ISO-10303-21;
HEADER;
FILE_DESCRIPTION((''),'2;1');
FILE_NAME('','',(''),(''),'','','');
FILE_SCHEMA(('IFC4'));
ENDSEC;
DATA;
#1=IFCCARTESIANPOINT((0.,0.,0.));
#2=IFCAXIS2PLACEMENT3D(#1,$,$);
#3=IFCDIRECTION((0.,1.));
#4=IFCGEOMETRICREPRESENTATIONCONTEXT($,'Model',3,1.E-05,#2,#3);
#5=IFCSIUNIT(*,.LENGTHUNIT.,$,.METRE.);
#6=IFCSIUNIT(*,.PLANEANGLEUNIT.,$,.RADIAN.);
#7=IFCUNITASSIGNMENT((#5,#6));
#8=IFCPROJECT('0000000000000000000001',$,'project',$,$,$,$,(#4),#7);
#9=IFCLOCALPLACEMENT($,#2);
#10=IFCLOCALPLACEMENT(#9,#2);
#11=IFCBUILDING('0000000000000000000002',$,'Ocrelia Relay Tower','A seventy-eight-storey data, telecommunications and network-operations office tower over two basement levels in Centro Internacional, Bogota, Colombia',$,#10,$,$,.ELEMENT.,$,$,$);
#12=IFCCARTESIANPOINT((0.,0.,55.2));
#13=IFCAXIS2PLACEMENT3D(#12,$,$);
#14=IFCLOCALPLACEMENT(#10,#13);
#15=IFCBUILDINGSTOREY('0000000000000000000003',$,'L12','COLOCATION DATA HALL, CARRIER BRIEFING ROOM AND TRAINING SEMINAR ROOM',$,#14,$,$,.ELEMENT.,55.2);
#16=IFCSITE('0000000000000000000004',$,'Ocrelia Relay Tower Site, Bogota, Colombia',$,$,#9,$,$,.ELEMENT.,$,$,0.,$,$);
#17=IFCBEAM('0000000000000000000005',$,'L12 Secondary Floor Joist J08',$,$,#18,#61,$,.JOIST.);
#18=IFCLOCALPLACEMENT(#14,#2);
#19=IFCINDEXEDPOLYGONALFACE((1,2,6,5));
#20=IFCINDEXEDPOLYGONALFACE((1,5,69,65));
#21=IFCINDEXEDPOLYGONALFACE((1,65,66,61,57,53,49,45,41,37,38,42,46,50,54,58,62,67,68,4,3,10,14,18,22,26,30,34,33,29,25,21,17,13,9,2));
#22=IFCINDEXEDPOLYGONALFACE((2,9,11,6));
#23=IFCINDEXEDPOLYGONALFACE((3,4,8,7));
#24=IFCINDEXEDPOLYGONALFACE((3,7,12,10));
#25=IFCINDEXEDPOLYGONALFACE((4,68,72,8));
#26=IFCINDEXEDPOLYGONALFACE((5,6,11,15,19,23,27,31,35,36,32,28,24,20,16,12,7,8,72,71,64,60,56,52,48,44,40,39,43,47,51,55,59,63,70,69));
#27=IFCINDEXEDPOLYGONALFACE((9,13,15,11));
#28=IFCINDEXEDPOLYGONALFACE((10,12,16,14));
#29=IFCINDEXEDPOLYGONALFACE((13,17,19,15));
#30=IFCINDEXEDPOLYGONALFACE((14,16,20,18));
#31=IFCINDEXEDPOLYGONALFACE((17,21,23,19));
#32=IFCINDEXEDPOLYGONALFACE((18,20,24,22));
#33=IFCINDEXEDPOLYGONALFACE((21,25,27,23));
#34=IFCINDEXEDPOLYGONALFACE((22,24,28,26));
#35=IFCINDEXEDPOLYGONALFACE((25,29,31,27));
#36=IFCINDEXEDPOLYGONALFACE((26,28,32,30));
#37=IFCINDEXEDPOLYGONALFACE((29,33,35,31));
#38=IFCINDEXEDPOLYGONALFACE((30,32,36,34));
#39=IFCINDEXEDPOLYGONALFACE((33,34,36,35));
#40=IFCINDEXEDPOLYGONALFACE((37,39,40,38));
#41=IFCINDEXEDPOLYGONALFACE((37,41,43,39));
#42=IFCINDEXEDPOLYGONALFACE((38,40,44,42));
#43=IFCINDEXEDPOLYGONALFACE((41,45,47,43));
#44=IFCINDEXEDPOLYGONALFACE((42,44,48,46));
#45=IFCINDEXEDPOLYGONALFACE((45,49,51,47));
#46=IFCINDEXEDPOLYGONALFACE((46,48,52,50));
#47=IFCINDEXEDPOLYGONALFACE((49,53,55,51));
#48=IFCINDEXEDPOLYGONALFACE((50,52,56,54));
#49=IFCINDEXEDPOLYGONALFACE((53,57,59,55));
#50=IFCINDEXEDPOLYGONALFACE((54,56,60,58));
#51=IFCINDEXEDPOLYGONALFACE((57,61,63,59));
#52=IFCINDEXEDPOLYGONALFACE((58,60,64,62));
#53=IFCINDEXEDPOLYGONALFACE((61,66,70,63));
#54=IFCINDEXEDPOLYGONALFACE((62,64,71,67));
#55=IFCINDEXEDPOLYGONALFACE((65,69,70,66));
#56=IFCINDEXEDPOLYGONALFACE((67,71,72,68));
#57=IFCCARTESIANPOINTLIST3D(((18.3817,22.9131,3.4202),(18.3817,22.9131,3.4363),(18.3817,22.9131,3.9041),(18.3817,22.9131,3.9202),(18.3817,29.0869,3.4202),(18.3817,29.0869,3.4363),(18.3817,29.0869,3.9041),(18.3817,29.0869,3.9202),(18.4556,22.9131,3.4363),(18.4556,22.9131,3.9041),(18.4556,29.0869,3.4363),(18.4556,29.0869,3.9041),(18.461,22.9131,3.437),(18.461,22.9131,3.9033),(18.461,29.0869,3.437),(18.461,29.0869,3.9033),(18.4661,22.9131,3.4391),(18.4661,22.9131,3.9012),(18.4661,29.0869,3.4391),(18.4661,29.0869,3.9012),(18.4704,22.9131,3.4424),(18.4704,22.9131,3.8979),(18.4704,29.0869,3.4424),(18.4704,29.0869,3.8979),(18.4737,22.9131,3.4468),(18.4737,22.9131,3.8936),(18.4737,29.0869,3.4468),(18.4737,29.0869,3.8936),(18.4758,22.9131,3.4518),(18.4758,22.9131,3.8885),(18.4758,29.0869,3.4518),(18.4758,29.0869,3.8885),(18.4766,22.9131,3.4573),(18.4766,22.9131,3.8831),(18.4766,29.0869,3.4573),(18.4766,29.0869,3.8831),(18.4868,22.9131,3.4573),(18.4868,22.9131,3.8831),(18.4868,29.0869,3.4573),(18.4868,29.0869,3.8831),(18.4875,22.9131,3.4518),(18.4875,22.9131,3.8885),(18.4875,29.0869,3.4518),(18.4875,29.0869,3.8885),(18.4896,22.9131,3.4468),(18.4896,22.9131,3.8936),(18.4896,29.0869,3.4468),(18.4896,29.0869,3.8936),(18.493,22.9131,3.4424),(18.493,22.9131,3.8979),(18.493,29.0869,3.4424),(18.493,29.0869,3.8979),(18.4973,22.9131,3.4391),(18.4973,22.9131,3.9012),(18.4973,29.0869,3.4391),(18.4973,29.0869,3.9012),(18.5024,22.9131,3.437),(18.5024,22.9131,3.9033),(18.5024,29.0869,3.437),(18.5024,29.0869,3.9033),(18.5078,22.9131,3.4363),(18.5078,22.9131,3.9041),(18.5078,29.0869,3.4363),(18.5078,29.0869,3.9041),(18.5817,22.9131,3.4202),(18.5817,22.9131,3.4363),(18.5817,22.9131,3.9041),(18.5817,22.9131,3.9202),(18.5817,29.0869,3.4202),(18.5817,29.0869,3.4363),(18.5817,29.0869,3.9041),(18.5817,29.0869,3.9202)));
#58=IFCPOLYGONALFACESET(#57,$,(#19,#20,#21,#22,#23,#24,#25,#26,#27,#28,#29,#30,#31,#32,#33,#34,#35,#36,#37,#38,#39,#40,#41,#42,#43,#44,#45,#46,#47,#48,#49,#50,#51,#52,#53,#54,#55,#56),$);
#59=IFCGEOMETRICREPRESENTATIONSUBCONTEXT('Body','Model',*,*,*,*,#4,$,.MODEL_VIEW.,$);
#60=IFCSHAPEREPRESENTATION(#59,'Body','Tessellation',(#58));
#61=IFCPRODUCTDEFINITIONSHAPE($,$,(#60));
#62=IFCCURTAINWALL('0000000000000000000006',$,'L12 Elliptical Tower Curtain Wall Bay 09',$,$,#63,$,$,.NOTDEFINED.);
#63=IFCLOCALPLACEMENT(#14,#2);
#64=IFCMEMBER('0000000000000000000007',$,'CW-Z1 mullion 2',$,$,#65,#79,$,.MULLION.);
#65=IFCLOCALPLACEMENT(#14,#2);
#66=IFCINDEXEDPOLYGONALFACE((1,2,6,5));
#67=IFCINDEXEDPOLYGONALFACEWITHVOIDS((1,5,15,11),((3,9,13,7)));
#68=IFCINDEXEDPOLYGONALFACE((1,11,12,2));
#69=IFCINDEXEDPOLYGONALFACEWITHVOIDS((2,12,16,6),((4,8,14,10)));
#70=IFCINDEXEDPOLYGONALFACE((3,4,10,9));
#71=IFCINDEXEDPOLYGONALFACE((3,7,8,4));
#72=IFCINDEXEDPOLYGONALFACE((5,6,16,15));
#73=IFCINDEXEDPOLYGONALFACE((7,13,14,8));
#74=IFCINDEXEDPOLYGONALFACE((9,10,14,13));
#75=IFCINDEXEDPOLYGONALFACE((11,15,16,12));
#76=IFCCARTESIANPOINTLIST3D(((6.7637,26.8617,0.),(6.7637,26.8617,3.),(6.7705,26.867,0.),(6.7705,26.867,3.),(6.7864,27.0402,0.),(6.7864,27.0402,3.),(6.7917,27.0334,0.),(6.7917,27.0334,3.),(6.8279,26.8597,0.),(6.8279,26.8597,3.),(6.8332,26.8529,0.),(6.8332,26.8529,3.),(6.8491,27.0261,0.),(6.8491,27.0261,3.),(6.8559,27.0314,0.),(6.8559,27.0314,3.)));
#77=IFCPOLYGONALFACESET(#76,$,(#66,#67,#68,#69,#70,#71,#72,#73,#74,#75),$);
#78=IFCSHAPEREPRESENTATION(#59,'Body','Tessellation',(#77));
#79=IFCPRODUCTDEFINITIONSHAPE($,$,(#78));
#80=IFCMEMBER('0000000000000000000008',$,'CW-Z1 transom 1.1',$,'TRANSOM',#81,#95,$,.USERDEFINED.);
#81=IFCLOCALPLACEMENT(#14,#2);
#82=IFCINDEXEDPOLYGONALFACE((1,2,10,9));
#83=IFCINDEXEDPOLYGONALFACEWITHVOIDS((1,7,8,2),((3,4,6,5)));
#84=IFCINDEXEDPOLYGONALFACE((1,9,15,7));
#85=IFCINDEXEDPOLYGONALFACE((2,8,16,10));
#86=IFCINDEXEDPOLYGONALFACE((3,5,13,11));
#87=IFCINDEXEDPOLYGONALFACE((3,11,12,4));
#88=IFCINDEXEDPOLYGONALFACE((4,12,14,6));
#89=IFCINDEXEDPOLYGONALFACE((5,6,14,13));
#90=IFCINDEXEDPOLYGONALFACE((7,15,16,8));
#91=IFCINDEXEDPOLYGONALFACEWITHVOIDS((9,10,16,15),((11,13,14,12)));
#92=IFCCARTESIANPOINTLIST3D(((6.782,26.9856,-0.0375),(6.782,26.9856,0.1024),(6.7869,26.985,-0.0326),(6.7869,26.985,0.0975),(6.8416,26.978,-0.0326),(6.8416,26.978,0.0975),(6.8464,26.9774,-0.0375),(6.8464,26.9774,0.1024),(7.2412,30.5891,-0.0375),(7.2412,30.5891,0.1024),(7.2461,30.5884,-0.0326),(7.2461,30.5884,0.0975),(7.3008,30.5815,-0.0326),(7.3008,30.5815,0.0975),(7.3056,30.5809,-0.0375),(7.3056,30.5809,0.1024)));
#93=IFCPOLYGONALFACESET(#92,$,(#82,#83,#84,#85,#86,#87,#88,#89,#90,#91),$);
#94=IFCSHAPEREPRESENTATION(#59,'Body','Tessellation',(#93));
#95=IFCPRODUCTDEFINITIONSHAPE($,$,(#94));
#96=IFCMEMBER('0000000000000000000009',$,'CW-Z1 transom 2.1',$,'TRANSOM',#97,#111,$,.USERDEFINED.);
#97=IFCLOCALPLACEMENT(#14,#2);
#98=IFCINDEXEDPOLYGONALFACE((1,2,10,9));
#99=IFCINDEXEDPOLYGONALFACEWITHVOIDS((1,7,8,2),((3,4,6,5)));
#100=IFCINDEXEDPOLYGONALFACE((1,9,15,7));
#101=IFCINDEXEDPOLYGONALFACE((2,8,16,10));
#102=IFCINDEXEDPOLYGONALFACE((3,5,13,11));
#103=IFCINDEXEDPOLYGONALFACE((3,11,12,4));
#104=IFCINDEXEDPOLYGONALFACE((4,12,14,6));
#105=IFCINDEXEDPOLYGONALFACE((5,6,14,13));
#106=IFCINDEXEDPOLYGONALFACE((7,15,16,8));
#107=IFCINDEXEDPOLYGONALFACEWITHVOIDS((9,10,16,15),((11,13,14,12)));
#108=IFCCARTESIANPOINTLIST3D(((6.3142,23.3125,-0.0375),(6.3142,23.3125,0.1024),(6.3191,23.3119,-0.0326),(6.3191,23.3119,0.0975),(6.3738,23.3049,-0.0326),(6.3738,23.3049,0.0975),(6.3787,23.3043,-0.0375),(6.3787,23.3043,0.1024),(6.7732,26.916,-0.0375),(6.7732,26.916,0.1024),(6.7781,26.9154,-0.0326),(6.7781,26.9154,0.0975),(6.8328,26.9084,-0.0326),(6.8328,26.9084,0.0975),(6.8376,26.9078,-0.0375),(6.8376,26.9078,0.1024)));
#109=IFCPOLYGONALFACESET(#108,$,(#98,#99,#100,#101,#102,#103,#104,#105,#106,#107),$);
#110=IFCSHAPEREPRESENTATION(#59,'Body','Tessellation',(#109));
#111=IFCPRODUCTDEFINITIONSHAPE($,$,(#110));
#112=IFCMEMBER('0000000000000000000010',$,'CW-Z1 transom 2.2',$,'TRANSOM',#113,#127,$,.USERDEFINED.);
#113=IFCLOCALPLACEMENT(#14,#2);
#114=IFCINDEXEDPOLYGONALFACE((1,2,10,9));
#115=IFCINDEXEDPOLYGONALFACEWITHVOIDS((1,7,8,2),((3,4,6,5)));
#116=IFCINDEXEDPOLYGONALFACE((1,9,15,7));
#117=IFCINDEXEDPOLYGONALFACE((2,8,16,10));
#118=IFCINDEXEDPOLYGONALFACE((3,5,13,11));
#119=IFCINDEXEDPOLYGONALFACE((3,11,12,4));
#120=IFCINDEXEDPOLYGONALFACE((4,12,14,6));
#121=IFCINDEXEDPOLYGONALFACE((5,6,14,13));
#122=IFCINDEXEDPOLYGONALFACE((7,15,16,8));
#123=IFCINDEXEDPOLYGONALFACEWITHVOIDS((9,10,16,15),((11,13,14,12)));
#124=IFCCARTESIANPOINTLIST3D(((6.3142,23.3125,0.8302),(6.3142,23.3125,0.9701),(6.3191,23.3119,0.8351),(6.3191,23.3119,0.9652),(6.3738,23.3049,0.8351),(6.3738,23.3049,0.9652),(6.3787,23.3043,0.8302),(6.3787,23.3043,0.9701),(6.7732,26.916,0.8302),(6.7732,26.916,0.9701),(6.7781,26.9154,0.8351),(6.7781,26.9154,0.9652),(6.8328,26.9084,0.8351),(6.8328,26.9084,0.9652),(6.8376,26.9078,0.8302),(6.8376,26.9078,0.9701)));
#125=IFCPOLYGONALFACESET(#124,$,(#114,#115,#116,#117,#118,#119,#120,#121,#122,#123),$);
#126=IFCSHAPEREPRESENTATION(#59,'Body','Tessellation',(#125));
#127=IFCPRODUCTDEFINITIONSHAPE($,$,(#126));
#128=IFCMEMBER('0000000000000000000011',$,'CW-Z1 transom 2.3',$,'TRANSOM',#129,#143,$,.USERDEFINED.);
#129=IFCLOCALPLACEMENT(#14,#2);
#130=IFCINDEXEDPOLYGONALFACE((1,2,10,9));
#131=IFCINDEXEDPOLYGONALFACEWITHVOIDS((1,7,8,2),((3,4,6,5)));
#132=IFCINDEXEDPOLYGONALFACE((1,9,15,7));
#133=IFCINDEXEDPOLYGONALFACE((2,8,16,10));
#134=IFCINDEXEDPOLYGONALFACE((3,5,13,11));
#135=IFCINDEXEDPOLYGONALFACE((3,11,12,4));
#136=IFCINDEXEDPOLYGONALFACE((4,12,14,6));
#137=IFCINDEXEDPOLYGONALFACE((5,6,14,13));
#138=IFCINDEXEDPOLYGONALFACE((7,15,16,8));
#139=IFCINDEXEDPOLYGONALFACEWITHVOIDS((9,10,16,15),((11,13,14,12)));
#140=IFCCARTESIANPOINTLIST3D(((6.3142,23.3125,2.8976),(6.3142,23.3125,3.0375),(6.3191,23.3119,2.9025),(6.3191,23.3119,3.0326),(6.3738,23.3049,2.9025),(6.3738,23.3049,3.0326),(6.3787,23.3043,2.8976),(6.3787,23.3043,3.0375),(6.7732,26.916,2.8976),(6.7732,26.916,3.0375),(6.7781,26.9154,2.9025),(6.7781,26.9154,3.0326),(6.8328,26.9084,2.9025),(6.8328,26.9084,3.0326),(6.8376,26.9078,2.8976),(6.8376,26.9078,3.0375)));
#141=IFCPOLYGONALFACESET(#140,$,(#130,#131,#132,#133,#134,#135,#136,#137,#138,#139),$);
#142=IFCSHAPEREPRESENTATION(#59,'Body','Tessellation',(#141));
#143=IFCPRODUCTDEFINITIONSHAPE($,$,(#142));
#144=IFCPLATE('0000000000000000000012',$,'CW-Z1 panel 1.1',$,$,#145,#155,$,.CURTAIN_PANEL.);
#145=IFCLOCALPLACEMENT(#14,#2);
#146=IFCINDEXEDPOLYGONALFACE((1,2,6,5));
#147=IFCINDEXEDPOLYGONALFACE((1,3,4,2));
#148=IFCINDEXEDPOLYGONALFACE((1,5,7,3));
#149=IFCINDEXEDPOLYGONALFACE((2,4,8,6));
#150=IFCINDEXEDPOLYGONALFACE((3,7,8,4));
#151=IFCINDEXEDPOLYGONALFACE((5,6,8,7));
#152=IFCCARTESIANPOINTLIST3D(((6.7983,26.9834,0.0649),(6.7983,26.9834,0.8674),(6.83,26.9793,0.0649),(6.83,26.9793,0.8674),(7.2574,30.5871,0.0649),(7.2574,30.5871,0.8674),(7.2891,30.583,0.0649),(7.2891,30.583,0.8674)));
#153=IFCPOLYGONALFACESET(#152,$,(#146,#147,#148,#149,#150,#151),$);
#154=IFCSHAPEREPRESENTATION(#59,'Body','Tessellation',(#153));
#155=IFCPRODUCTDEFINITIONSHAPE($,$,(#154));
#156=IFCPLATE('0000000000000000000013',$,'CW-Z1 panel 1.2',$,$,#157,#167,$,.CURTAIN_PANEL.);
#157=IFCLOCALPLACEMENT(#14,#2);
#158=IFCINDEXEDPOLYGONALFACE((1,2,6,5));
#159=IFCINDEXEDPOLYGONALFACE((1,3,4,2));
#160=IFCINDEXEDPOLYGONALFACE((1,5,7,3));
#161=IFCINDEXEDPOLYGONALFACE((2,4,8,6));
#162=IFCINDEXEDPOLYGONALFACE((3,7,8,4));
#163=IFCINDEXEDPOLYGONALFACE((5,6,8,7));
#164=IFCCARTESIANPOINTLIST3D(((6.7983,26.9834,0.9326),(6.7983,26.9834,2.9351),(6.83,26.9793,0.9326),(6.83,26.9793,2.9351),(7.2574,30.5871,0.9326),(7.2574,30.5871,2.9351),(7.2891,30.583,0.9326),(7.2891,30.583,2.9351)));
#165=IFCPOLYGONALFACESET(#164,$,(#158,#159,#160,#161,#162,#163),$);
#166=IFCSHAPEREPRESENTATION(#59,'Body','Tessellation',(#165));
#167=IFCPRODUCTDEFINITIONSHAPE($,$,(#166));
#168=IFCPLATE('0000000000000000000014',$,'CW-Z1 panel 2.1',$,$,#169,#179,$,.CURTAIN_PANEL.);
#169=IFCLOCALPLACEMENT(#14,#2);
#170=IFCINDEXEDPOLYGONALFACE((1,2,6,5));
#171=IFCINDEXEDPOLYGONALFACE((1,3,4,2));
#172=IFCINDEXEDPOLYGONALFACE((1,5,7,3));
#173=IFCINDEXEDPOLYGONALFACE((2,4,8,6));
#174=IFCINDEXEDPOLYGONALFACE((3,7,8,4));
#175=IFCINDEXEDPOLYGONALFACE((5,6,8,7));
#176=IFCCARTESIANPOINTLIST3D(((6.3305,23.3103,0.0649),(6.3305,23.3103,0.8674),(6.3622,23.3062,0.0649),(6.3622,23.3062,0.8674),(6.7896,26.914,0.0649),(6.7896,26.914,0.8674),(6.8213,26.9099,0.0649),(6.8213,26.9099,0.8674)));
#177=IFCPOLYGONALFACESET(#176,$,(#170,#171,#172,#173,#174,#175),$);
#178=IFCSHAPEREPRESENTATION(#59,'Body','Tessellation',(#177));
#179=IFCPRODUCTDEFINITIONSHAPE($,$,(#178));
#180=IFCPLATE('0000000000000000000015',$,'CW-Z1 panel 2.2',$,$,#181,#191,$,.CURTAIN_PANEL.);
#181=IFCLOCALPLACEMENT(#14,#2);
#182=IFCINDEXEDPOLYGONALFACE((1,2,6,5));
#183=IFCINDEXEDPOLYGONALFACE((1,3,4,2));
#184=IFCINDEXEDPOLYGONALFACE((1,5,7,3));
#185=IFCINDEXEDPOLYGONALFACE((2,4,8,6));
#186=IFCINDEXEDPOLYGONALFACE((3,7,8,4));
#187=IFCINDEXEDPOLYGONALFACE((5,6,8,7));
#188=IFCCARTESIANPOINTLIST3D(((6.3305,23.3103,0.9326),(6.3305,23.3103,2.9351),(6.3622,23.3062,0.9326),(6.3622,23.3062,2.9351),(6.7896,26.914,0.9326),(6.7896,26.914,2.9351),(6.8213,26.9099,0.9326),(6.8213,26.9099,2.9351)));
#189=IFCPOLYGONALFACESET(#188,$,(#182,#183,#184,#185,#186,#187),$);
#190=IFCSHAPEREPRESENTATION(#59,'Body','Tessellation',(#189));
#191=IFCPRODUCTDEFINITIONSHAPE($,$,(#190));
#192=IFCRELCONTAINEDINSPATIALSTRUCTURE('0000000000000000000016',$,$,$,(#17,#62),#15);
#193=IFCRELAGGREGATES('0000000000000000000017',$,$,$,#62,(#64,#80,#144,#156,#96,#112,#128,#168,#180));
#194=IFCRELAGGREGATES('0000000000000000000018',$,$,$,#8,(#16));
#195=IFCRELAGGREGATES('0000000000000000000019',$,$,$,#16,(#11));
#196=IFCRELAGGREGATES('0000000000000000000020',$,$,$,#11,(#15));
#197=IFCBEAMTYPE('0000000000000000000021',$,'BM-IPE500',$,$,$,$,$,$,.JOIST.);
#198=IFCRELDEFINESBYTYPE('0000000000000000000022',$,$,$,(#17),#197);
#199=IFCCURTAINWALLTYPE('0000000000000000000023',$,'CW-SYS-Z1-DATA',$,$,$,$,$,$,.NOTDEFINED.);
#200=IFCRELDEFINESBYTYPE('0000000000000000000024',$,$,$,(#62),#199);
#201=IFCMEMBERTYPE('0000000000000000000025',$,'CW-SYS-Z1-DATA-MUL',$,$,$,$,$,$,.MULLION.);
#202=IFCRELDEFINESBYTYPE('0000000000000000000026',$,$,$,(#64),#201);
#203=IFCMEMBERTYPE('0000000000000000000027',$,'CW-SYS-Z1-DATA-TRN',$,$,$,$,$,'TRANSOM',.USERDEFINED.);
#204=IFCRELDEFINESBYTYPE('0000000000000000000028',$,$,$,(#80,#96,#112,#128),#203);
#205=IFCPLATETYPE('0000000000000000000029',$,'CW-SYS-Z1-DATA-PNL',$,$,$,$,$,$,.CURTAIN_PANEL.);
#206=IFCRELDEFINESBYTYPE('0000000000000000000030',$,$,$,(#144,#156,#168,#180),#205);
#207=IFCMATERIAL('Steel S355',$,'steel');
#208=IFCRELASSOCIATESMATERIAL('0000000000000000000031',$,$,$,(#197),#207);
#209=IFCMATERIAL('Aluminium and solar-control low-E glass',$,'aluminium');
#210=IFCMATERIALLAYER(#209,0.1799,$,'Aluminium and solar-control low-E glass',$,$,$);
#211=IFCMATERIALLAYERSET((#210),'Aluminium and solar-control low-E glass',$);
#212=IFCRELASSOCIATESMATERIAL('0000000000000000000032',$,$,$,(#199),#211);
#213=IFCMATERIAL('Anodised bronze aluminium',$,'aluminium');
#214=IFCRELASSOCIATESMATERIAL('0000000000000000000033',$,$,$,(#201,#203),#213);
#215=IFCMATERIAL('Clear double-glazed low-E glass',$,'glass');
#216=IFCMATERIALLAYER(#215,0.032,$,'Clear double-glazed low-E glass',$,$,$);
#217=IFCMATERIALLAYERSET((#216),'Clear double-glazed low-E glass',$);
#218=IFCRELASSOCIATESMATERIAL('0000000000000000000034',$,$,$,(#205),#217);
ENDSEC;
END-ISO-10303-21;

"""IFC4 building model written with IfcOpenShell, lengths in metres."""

from ifc_helpers import new_model, si_unit, direction, frame, origin, origin_2d, place, context, subcontext, project, spatial, rectangle, hollow_rectangle, i_section, extrude, material, layer, layer_set, material_profile, profile_set, type_object, element, aggregate, save


model = new_model("IFC4")

# Units and contexts
model_context = context("Model", 3, precision=1e-05, world=origin(), true_north=direction((0.0, 1.0)))
body_context = subcontext(model_context, "Body", "Model", "MODEL_VIEW")
ifc_project = project(units=[si_unit("LENGTHUNIT", "METRE"), si_unit("PLANEANGLEUNIT", "RADIAN")], contexts=[model_context])

# Site, building, storey
site_placement = place(None, origin())
site = spatial("IfcSite", under=ifc_project, at=site_placement, Name="Ocrelia Relay Tower Site, Bogota, Colombia", CompositionType="ELEMENT", RefElevation=0.0)
building_placement = place(site_placement, origin())
building = spatial("IfcBuilding", under=site, at=building_placement, Name="Ocrelia Relay Tower", Description="A seventy-eight-storey data, telecommunications and network-operations office tower over two basement levels in Centro Internacional, Bogota, Colombia", CompositionType="ELEMENT")
storey_placement = place(building_placement, frame((0.0, 0.0, 55.2)))
storey = spatial("IfcBuildingStorey", under=building, at=storey_placement, Name="L12", Description="COLOCATION DATA HALL, CARRIER BRIEFING ROOM AND TRAINING SEMINAR ROOM", CompositionType="ELEMENT", Elevation=55.2)

# Beam
ifc_material_1 = material(Name="Steel S355", Category="steel")
ifc_material_profile_1 = material_profile(ifc_material_1, i_section(OverallWidth=0.2, OverallDepth=0.5, WebThickness=0.0103, FlangeThickness=0.0161, FilletRadius=0.021, at=origin_2d()), Name="IPE 500")
ifc_profile_set_1 = profile_set([ifc_material_profile_1], Name="Steel S355")
beam_type_1 = type_object("IfcBeamType", Name="BM-IPE500", PredefinedType="JOIST", material=ifc_profile_set_1)
beam_1_placement = place(storey_placement, frame((18.4817, 29.0869, 3.6702), z_axis=(0.0, -1.0, 0.0), x_axis=(1.0, 0.0, 0.0)))
element("IfcBeam", 1, at=beam_1_placement, inside=storey, type_object=beam_type_1, Name="L12 Secondary Floor Joist J08", PredefinedType="JOIST", context=body_context, shape_type="SweptSolid", body=[
    extrude(i_section(OverallWidth=0.2, OverallDepth=0.5, WebThickness=0.0103, FlangeThickness=0.0161, FilletRadius=0.021, at=origin_2d()), origin(), (0.0, 0.0, 1.0), 6.1738),
])

# Curtain wall, members, plates
ifc_material_2 = material(Name="Aluminium and solar-control low-E glass", Category="aluminium")
ifc_layer_1 = layer(ifc_material_2, 0.1799, Name="Aluminium and solar-control low-E glass")
ifc_layer_set_1 = layer_set([ifc_layer_1], Name="Aluminium and solar-control low-E glass")
curtain_wall_type = type_object("IfcCurtainWallType", Name="CW-SYS-Z1-DATA", PredefinedType="NOTDEFINED", material=ifc_layer_set_1)
curtain_wall_placement = place(storey_placement, origin())
curtain_wall = element("IfcCurtainWall", 2, at=curtain_wall_placement, inside=storey, type_object=curtain_wall_type, Name="L12 Elliptical Tower Curtain Wall Bay 09", PredefinedType="NOTDEFINED")
ifc_material_3 = material(Name="Anodised bronze aluminium", Category="aluminium")
ifc_material_profile_2 = material_profile(ifc_material_3, hollow_rectangle(XDim=0.0701, YDim=0.1799, WallThickness=0.0061, at=origin_2d()), Name="CW-MUL-180x70")
ifc_profile_set_2 = profile_set([ifc_material_profile_2], Name="Anodised bronze aluminium")
member_type_1 = type_object("IfcMemberType", Name="CW-SYS-Z1-DATA-MUL", PredefinedType="MULLION", material=ifc_profile_set_2)
member_1_placement = place(storey_placement, frame((6.8098, 26.9465, 0.0), z_axis=(0.0, 0.0, 1.0), x_axis=(0.991983, -0.126374, 0.0)))
member_1 = element("IfcMember", 3, at=member_1_placement, type_object=member_type_1, Name="CW-Z1 mullion 2", PredefinedType="MULLION", context=body_context, shape_type="SweptSolid", body=[
    extrude(hollow_rectangle(XDim=0.0701, YDim=0.1799, WallThickness=0.0061, at=origin_2d()), origin(), (0.0, 0.0, 1.0), 3.0),
])
ifc_material_profile_3 = material_profile(ifc_material_3, hollow_rectangle(XDim=0.0649, YDim=0.1399, WallThickness=0.0049, at=origin_2d()), Name="CW-TRN-140x65")
ifc_profile_set_3 = profile_set([ifc_material_profile_3], Name="Anodised bronze aluminium")
member_type_2 = type_object("IfcMemberType", Name="CW-SYS-Z1-DATA-TRN", ElementType="TRANSOM", PredefinedType="USERDEFINED", material=ifc_profile_set_3)
member_2_placement = place(storey_placement, frame((7.2734, 30.585, 0.0325), z_axis=(-0.126417, -0.991977, 0.0), x_axis=(0.991977, -0.126417, 0.0)))
member_2 = element("IfcMember", 4, at=member_2_placement, type_object=member_type_2, Name="CW-Z1 transom 1.1", ObjectType="TRANSOM", PredefinedType="USERDEFINED", context=body_context, shape_type="SweptSolid", body=[
    extrude(hollow_rectangle(XDim=0.0649, YDim=0.1399, WallThickness=0.0049, at=origin_2d()), origin(), (0.0, 0.0, 1.0), 3.6326),
])
member_3_placement = place(storey_placement, frame((6.8054, 26.9119, 0.0325), z_axis=(-0.12635, -0.991986, 0.0), x_axis=(0.991986, -0.12635, 0.0)))
member_3 = element("IfcMember", 5, at=member_3_placement, type_object=member_type_2, Name="CW-Z1 transom 2.1", ObjectType="TRANSOM", PredefinedType="USERDEFINED", context=body_context, shape_type="SweptSolid", body=[
    extrude(hollow_rectangle(XDim=0.0649, YDim=0.1399, WallThickness=0.0049, at=origin_2d()), origin(), (0.0, 0.0, 1.0), 3.6326),
])
member_4_placement = place(storey_placement, frame((6.8054, 26.9119, 0.9001), z_axis=(-0.12635, -0.991986, 0.0), x_axis=(0.991986, -0.12635, 0.0)))
member_4 = element("IfcMember", 6, at=member_4_placement, type_object=member_type_2, Name="CW-Z1 transom 2.2", ObjectType="TRANSOM", PredefinedType="USERDEFINED", context=body_context, shape_type="SweptSolid", body=[
    extrude(hollow_rectangle(XDim=0.0649, YDim=0.1399, WallThickness=0.0049, at=origin_2d()), origin(), (0.0, 0.0, 1.0), 3.6326),
])
member_5_placement = place(storey_placement, frame((6.8054, 26.9119, 2.9675), z_axis=(-0.12635, -0.991986, 0.0), x_axis=(0.991986, -0.12635, 0.0)))
member_5 = element("IfcMember", 7, at=member_5_placement, type_object=member_type_2, Name="CW-Z1 transom 2.3", ObjectType="TRANSOM", PredefinedType="USERDEFINED", context=body_context, shape_type="SweptSolid", body=[
    extrude(hollow_rectangle(XDim=0.0649, YDim=0.1399, WallThickness=0.0049, at=origin_2d()), origin(), (0.0, 0.0, 1.0), 3.6326),
])
ifc_material_4 = material(Name="Clear double-glazed low-E glass", Category="glass")
ifc_layer_2 = layer(ifc_material_4, 0.032, Name="Clear double-glazed low-E glass")
ifc_layer_set_2 = layer_set([ifc_layer_2], Name="Clear double-glazed low-E glass")
plate_type = type_object("IfcPlateType", Name="CW-SYS-Z1-DATA-PNL", PredefinedType="CURTAIN_PANEL", material=ifc_layer_set_2)
plate_1_placement = place(storey_placement, frame((7.0437, 28.7832, 0.0649), z_axis=(0.0, 0.0, 1.0), x_axis=(-0.126374, -0.991983, 0.0)))
plate_1 = element("IfcPlate", 8, at=plate_1_placement, type_object=plate_type, Name="CW-Z1 panel 1.1", PredefinedType="CURTAIN_PANEL", context=body_context, shape_type="SweptSolid", body=[
    extrude(rectangle(XDim=3.6328, YDim=0.032, at=origin_2d()), origin(), (0.0, 0.0, 1.0), 0.8025),
])
plate_2_placement = place(storey_placement, frame((7.0437, 28.7832, 0.9326), z_axis=(0.0, 0.0, 1.0), x_axis=(-0.126374, -0.991983, 0.0)))
plate_2 = element("IfcPlate", 9, at=plate_2_placement, type_object=plate_type, Name="CW-Z1 panel 1.2", PredefinedType="CURTAIN_PANEL", context=body_context, shape_type="SweptSolid", body=[
    extrude(rectangle(XDim=3.6328, YDim=0.032, at=origin_2d()), origin(), (0.0, 0.0, 1.0), 2.0024),
])
plate_3_placement = place(storey_placement, frame((6.5759, 25.1101, 0.0649), z_axis=(0.0, 0.0, 1.0), x_axis=(-0.126374, -0.991983, 0.0)))
plate_3 = element("IfcPlate", 10, at=plate_3_placement, type_object=plate_type, Name="CW-Z1 panel 2.1", PredefinedType="CURTAIN_PANEL", context=body_context, shape_type="SweptSolid", body=[
    extrude(rectangle(XDim=3.6328, YDim=0.032, at=origin_2d()), origin(), (0.0, 0.0, 1.0), 0.8025),
])
plate_4_placement = place(storey_placement, frame((6.5759, 25.1101, 0.9326), z_axis=(0.0, 0.0, 1.0), x_axis=(-0.126374, -0.991983, 0.0)))
plate_4 = element("IfcPlate", 11, at=plate_4_placement, type_object=plate_type, Name="CW-Z1 panel 2.2", PredefinedType="CURTAIN_PANEL", context=body_context, shape_type="SweptSolid", body=[
    extrude(rectangle(XDim=3.6328, YDim=0.032, at=origin_2d()), origin(), (0.0, 0.0, 1.0), 2.0024),
])
aggregate(curtain_wall, [member_1, member_2, plate_1, plate_2, member_3, member_4, member_5, plate_3, plate_4])

save(model, "model.ifc")
